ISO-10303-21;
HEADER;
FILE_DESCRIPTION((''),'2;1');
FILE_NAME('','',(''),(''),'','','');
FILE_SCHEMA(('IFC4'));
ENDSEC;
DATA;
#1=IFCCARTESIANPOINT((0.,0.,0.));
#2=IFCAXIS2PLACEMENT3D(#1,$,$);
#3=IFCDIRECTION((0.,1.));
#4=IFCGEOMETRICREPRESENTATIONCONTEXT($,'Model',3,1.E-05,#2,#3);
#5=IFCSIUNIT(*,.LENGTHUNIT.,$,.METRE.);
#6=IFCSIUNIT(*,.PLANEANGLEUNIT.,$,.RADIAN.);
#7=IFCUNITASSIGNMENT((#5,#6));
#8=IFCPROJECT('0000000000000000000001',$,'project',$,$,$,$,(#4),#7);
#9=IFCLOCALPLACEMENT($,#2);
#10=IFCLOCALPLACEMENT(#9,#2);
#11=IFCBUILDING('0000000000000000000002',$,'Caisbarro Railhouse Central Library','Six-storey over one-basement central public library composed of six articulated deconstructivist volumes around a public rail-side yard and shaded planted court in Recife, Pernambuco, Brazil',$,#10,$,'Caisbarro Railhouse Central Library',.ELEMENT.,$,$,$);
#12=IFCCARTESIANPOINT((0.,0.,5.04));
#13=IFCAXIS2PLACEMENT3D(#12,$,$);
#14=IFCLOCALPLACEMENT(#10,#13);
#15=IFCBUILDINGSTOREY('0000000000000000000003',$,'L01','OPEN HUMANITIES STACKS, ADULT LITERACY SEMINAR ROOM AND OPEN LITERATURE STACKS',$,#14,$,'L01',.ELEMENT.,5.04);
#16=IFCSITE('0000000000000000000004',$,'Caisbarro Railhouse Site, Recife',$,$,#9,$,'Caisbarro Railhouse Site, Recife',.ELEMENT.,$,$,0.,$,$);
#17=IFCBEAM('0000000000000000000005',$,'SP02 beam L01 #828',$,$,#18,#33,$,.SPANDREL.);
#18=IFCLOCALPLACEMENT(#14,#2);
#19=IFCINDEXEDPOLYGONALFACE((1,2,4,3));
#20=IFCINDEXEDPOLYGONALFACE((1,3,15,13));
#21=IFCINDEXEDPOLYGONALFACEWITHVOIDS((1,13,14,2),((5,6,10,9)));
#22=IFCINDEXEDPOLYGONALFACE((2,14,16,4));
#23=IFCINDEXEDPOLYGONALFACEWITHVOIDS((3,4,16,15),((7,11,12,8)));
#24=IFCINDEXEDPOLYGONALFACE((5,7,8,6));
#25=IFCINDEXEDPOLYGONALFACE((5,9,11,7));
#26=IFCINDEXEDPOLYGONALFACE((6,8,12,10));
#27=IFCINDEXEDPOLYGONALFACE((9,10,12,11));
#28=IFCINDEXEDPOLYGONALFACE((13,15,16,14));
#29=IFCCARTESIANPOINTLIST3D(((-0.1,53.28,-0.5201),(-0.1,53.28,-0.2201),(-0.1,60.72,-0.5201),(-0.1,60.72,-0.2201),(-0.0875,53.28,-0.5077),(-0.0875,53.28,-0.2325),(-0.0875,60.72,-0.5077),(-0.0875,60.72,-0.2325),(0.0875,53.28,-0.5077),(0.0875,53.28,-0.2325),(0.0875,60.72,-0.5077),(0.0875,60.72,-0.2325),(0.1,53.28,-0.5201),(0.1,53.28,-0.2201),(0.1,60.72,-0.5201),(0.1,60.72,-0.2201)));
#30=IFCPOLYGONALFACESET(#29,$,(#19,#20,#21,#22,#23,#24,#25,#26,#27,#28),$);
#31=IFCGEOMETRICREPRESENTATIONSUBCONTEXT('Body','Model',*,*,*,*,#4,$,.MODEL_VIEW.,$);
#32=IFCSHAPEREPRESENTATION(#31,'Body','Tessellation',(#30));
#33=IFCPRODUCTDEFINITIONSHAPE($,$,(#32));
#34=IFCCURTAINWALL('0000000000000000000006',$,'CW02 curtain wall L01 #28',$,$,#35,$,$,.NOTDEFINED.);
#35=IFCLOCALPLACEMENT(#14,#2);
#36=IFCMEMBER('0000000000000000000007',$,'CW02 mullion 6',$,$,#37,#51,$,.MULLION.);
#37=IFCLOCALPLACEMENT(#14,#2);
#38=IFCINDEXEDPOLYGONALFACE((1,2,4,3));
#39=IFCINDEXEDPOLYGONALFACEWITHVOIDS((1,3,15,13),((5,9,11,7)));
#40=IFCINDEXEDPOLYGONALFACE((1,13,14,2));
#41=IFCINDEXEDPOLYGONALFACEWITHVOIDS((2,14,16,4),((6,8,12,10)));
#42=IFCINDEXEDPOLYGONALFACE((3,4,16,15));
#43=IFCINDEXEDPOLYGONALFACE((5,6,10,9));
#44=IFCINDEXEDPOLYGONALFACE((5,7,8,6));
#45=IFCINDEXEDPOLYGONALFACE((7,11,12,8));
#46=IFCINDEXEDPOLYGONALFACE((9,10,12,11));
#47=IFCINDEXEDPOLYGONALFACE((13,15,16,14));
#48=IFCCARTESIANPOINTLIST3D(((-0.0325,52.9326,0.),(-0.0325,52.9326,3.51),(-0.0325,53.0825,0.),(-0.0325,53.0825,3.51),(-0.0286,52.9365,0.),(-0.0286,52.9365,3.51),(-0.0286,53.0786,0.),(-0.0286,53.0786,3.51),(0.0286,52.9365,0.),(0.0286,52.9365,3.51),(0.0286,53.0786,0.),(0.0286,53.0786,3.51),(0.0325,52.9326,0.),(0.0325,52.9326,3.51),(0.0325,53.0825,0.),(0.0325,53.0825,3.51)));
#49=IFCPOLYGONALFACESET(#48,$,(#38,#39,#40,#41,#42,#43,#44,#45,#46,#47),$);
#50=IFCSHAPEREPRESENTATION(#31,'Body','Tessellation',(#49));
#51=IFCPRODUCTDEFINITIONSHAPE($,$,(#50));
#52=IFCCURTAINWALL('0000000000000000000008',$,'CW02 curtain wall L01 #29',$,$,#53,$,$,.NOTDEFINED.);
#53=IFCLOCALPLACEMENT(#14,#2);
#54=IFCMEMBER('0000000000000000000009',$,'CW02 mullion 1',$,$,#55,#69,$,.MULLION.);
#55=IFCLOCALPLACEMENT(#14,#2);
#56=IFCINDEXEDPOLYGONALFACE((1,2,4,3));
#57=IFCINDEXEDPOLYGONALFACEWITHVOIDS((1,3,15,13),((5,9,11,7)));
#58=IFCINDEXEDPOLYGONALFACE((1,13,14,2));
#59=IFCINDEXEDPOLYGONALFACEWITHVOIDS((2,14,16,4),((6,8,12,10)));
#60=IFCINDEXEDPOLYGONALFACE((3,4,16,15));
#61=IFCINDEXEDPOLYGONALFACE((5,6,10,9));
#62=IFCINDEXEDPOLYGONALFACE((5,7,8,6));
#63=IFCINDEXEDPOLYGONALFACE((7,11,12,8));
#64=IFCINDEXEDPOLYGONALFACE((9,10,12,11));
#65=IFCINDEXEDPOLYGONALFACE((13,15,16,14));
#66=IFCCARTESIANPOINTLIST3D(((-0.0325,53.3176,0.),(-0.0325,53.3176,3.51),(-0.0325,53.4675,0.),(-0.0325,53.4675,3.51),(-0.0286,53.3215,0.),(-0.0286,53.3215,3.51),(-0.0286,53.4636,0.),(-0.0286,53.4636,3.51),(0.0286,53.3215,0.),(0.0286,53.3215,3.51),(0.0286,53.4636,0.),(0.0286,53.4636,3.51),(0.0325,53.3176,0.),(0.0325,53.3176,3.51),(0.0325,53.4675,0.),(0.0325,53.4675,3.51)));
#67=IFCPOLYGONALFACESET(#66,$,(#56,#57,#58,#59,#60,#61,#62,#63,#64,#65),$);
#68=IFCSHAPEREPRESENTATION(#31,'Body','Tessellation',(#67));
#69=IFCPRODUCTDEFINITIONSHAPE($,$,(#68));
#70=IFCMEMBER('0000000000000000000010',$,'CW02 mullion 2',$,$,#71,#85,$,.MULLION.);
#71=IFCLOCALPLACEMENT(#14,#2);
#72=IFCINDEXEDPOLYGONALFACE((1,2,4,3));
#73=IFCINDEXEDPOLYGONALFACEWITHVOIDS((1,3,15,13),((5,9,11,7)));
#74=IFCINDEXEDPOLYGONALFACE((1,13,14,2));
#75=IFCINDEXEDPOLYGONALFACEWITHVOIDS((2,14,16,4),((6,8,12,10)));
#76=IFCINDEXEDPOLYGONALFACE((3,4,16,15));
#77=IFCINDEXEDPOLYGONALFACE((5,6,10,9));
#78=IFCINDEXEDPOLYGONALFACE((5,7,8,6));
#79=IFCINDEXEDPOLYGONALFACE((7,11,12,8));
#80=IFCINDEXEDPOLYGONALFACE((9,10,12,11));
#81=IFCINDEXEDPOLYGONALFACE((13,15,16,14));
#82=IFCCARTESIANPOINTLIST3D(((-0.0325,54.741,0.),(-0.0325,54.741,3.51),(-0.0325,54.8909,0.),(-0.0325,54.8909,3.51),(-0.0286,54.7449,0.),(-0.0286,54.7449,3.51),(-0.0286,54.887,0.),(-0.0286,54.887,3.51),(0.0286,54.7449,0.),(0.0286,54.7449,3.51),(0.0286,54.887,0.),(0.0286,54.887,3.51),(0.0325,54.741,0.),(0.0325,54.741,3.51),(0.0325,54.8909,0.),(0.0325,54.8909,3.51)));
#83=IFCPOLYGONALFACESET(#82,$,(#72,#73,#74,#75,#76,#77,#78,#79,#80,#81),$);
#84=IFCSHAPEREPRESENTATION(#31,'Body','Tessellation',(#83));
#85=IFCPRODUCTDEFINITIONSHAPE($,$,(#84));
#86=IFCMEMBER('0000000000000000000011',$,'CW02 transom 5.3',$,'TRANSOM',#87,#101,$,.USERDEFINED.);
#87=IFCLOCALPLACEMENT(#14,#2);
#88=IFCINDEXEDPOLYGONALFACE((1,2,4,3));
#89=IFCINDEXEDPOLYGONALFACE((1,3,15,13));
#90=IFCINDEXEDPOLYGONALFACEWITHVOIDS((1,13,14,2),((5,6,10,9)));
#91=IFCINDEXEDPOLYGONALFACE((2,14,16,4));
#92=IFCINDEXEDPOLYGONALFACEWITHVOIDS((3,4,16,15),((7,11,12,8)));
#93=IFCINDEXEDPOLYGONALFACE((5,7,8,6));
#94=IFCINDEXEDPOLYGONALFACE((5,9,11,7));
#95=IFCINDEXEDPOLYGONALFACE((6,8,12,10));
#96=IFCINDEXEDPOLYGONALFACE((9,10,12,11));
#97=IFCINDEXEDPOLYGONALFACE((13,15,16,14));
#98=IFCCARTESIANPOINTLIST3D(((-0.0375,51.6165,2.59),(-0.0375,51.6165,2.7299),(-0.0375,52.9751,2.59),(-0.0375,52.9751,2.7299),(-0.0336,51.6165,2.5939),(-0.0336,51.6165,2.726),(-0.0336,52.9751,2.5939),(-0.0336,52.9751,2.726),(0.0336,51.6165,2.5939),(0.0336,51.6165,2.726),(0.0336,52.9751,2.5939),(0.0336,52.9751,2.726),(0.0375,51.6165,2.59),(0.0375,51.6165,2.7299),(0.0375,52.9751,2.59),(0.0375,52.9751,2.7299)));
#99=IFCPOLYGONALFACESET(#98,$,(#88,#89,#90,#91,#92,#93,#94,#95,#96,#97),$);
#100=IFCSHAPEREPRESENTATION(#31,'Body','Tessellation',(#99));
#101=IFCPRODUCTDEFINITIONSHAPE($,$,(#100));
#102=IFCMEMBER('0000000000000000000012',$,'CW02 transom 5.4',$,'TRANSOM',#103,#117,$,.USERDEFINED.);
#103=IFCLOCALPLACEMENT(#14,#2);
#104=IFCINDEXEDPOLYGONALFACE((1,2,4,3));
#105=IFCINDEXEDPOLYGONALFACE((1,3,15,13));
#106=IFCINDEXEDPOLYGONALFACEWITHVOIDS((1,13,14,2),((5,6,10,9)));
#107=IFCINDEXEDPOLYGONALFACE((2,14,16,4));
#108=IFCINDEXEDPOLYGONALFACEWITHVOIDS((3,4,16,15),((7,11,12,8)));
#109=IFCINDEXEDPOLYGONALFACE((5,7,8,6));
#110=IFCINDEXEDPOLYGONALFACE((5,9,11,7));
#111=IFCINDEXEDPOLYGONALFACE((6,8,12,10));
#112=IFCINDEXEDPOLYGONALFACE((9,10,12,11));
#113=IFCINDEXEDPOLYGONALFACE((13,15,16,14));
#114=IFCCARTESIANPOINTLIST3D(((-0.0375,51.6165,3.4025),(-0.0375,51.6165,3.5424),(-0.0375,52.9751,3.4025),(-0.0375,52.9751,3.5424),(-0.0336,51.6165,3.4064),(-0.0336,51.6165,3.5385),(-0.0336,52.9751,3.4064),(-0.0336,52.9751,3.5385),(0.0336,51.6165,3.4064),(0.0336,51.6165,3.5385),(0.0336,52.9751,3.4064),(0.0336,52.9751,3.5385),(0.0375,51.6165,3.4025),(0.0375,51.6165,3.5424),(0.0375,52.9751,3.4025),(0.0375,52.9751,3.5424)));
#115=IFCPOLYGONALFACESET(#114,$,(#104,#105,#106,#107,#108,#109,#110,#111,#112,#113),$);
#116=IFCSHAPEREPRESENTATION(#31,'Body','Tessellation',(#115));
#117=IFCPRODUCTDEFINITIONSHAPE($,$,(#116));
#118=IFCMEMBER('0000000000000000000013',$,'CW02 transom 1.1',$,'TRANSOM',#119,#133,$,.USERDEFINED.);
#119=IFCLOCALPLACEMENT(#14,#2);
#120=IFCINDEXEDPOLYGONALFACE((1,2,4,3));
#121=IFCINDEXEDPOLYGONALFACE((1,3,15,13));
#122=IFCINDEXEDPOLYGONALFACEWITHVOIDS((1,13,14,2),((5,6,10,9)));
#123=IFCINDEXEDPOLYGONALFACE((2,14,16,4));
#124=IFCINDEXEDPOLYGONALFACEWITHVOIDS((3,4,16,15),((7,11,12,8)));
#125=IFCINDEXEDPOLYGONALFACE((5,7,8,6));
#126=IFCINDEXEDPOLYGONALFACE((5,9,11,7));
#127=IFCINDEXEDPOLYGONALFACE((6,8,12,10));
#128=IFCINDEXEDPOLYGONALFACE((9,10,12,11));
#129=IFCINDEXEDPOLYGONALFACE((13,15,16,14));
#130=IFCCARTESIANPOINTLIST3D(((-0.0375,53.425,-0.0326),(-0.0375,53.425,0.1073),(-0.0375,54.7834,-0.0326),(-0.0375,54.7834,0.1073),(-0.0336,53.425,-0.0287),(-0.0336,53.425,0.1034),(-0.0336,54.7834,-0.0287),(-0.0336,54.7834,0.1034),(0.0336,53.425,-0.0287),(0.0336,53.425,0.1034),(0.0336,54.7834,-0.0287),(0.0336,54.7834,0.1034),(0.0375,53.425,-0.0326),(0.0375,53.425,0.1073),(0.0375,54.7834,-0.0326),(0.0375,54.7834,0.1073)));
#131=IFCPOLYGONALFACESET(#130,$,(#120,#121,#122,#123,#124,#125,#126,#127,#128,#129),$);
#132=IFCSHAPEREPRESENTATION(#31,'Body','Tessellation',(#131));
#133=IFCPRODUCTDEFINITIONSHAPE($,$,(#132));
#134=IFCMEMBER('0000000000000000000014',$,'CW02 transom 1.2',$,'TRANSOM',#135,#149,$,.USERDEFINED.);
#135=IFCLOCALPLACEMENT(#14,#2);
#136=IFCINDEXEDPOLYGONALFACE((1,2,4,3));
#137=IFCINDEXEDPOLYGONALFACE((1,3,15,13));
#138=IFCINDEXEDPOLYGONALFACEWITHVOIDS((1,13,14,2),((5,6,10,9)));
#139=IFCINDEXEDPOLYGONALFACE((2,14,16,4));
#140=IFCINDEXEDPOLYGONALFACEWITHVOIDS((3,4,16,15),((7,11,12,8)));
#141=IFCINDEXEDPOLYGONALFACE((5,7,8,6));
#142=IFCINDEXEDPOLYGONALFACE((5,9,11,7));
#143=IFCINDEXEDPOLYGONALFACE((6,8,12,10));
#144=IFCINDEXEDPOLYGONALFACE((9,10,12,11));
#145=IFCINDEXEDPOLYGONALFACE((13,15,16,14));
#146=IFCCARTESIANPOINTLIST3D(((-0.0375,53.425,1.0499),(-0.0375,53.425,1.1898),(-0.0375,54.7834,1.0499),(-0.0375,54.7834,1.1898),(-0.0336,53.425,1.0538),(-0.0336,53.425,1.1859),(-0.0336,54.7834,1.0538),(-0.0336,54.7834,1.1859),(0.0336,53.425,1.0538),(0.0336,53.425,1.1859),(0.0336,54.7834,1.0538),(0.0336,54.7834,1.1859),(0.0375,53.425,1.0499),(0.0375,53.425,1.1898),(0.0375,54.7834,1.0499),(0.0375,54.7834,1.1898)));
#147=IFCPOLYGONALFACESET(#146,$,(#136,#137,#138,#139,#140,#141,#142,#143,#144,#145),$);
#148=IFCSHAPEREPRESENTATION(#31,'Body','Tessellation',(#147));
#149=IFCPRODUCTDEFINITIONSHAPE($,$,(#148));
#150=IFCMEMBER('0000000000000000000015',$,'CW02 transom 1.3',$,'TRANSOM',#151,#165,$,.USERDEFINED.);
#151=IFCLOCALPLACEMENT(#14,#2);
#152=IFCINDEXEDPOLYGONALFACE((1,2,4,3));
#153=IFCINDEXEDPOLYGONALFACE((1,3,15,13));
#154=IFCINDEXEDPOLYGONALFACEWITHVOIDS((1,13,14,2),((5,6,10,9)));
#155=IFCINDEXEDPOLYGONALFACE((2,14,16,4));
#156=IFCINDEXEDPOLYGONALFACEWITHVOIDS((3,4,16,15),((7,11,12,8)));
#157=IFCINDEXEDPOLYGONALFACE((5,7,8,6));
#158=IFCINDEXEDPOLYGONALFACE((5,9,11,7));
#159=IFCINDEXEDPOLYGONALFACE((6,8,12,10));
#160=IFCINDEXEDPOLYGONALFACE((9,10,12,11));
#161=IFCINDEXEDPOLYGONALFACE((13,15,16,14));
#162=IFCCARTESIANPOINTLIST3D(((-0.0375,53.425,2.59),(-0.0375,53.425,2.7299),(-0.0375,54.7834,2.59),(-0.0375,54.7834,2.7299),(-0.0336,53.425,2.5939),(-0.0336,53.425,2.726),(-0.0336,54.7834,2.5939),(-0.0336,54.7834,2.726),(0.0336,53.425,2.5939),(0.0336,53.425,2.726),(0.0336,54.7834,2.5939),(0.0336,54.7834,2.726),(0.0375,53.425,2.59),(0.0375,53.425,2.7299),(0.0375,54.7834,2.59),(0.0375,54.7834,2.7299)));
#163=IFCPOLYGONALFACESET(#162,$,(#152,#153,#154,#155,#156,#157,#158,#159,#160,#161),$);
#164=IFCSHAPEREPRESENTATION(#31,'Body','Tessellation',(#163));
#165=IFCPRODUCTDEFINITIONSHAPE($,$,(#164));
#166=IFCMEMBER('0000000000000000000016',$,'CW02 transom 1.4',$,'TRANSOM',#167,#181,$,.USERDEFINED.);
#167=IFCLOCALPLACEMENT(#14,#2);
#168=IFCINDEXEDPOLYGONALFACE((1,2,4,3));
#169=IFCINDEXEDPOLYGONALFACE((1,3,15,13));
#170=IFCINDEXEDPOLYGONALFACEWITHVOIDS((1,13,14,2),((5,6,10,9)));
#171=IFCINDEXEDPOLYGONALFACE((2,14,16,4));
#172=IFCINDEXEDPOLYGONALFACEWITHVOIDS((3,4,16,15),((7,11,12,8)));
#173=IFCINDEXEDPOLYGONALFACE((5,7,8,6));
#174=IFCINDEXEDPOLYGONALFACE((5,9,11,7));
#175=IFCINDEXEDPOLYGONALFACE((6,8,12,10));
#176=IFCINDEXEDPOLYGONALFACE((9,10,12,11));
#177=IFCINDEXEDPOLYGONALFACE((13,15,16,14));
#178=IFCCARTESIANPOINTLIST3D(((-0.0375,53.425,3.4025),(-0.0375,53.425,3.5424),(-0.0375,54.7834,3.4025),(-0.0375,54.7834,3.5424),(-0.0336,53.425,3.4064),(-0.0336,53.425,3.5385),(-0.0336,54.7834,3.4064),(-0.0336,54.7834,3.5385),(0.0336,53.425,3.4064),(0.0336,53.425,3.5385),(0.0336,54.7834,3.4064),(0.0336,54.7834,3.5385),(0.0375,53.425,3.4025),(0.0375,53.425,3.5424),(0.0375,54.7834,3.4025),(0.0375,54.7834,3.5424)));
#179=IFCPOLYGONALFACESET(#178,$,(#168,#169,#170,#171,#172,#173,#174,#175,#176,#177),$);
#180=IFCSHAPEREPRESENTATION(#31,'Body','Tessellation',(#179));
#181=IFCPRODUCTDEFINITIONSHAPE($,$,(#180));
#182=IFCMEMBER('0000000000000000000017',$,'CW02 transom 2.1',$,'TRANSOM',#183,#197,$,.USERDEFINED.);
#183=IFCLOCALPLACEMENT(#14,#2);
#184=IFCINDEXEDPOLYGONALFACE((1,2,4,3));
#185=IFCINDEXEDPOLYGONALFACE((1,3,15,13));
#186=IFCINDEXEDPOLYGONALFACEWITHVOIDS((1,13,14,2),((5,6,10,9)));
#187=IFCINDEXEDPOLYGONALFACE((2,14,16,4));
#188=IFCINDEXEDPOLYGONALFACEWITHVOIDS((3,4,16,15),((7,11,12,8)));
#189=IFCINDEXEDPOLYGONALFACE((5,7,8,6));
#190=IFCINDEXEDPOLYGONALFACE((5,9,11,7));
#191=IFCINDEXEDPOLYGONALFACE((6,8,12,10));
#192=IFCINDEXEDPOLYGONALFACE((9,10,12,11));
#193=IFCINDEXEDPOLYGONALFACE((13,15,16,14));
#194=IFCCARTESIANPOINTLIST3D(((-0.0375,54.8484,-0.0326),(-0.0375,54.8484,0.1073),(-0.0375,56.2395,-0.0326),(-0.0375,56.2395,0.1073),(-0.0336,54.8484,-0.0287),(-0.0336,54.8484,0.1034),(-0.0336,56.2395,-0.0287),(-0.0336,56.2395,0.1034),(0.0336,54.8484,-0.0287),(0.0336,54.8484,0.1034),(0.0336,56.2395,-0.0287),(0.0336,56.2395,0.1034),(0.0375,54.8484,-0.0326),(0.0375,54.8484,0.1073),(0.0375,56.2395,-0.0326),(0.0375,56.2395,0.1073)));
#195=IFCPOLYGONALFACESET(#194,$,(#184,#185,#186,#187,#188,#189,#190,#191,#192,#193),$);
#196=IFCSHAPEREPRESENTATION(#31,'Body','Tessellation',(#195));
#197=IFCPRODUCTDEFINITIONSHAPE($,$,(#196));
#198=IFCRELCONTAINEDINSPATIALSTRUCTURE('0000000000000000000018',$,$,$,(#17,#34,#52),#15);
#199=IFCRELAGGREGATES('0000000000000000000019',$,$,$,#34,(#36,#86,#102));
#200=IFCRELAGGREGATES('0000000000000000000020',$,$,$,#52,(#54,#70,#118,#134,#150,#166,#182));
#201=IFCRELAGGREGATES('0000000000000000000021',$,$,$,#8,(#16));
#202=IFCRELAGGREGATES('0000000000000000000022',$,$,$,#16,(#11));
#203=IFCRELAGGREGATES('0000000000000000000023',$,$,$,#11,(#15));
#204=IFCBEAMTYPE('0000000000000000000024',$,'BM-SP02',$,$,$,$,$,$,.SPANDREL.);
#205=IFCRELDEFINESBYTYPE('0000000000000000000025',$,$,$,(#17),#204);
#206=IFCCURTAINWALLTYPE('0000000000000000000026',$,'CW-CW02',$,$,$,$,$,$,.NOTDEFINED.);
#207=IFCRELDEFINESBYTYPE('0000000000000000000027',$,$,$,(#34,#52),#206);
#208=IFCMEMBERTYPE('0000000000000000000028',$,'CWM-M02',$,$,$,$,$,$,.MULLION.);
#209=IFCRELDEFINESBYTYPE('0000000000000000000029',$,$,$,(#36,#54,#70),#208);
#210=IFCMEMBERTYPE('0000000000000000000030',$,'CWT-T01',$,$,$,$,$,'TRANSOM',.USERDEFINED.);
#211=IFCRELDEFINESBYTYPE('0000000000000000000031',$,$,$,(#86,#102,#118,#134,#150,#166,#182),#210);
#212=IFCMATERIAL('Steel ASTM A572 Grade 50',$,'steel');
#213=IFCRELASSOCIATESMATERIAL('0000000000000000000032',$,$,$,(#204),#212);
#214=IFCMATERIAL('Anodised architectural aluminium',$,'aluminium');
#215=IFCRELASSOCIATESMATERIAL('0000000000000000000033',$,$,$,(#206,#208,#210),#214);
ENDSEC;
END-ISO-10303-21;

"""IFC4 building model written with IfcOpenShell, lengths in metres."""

from ifc_helpers import new_model, si_unit, direction, frame, origin, origin_2d, place, context, subcontext, project, spatial, hollow_rectangle, extrude, material, material_profile, profile_set, type_object, element, aggregate, save


model = new_model("IFC4")

# Units and contexts
model_context = context("Model", 3, precision=1e-05, world=origin(), true_north=direction((0.0, 1.0)))
body_context = subcontext(model_context, "Body", "Model", "MODEL_VIEW")
ifc_project = project(units=[si_unit("LENGTHUNIT", "METRE"), si_unit("PLANEANGLEUNIT", "RADIAN")], contexts=[model_context])

# Site, building, storey
site_placement = place(None, origin())
site = spatial("IfcSite", under=ifc_project, at=site_placement, Name="Caisbarro Railhouse Site, Recife", LongName="Caisbarro Railhouse Site, Recife", CompositionType="ELEMENT", RefElevation=0.0)
building_placement = place(site_placement, origin())
building = spatial("IfcBuilding", under=site, at=building_placement, Name="Caisbarro Railhouse Central Library", Description="Six-storey over one-basement central public library composed of six articulated deconstructivist volumes around a public rail-side yard and shaded planted court in Recife, Pernambuco, Brazil", LongName="Caisbarro Railhouse Central Library", CompositionType="ELEMENT")
storey_placement = place(building_placement, frame((0.0, 0.0, 5.04)))
storey = spatial("IfcBuildingStorey", under=building, at=storey_placement, Name="L01", Description="OPEN HUMANITIES STACKS, ADULT LITERACY SEMINAR ROOM AND OPEN LITERATURE STACKS", LongName="L01", CompositionType="ELEMENT", Elevation=5.04)

# Shared definitions
ifc_material_1 = material(Name="Steel ASTM A572 Grade 50", Category="steel")

# Beam
ifc_material_profile_1 = material_profile(ifc_material_1, hollow_rectangle(XDim=0.2, YDim=0.3, WallThickness=0.0125, at=origin_2d()), Name="HSS300X200X12.5")
ifc_profile_set_1 = profile_set([ifc_material_profile_1], Name="Steel ASTM A572 Grade 50")
beam_type_1 = type_object("IfcBeamType", Name="BM-SP02", PredefinedType="SPANDREL", material=ifc_profile_set_1)
beam_placement = place(storey_placement, frame((0.0, 53.28, -0.3701), z_axis=(0.0, 1.0, 0.0), x_axis=(-1.0, 0.0, 0.0)))
element("IfcBeam", 1, at=beam_placement, inside=storey, type_object=beam_type_1, Name="SP02 beam L01 #828", PredefinedType="SPANDREL", context=body_context, shape_type="SweptSolid", body=[
    extrude(hollow_rectangle(XDim=0.2, YDim=0.3, WallThickness=0.0125, at=origin_2d()), origin(), (0.0, 0.0, 1.0), 7.4399),
])

# Curtain wall, member
ifc_material_2 = material(Name="Anodised architectural aluminium", Category="aluminium")
curtain_wall_type = type_object("IfcCurtainWallType", Name="CW-CW02", PredefinedType="NOTDEFINED", material=ifc_material_2)
curtain_wall_1_placement = place(storey_placement, origin())
curtain_wall_1 = element("IfcCurtainWall", 2, at=curtain_wall_1_placement, inside=storey, type_object=curtain_wall_type, Name="CW02 curtain wall L01 #28", PredefinedType="NOTDEFINED")
ifc_material_profile_2 = material_profile(ifc_material_2, hollow_rectangle(XDim=0.0649, YDim=0.1499, WallThickness=0.0039, at=origin_2d()), Name="ALU-MUL-65X150")
ifc_profile_set_2 = profile_set([ifc_material_profile_2], Name="Anodised architectural aluminium")
member_type_1 = type_object("IfcMemberType", Name="CWM-M02", PredefinedType="MULLION", material=ifc_profile_set_2)
member_1_placement = place(storey_placement, frame((0.0, 53.0076, 0.0), z_axis=(0.0, 0.0, 1.0), x_axis=(-1.0, 0.0, 0.0)))
member_1 = element("IfcMember", 3, at=member_1_placement, type_object=member_type_1, Name="CW02 mullion 6", PredefinedType="MULLION", context=body_context, shape_type="SweptSolid", body=[
    extrude(hollow_rectangle(XDim=0.0649, YDim=0.1499, WallThickness=0.0039, at=origin_2d()), origin(), (0.0, 0.0, 1.0), 3.51),
])

# Curtain wall, members
curtain_wall_2_placement = place(storey_placement, origin())
curtain_wall_2 = element("IfcCurtainWall", 4, at=curtain_wall_2_placement, inside=storey, type_object=curtain_wall_type, Name="CW02 curtain wall L01 #29", PredefinedType="NOTDEFINED")
member_2_placement = place(storey_placement, frame((0.0, 53.3926, 0.0), z_axis=(0.0, 0.0, 1.0), x_axis=(-1.0, 0.0, 0.0)))
member_2 = element("IfcMember", 5, at=member_2_placement, type_object=member_type_1, Name="CW02 mullion 1", PredefinedType="MULLION", context=body_context, shape_type="SweptSolid", body=[
    extrude(hollow_rectangle(XDim=0.0649, YDim=0.1499, WallThickness=0.0039, at=origin_2d()), origin(), (0.0, 0.0, 1.0), 3.51),
])
member_3_placement = place(storey_placement, frame((0.0, 54.8159, 0.0), z_axis=(0.0, 0.0, 1.0), x_axis=(-1.0, 0.0, 0.0)))
member_3 = element("IfcMember", 6, at=member_3_placement, type_object=member_type_1, Name="CW02 mullion 2", PredefinedType="MULLION", context=body_context, shape_type="SweptSolid", body=[
    extrude(hollow_rectangle(XDim=0.0649, YDim=0.1499, WallThickness=0.0039, at=origin_2d()), origin(), (0.0, 0.0, 1.0), 3.51),
])

# Members
ifc_material_profile_3 = material_profile(ifc_material_2, hollow_rectangle(XDim=0.075, YDim=0.1399, WallThickness=0.0039, at=origin_2d()), Name="ALU-TRN-75X140")
ifc_profile_set_3 = profile_set([ifc_material_profile_3], Name="Anodised architectural aluminium")
member_type_2 = type_object("IfcMemberType", Name="CWT-T01", ElementType="TRANSOM", PredefinedType="USERDEFINED", material=ifc_profile_set_3)
member_4_placement = place(storey_placement, frame((0.0, 51.6165, 2.6599), z_axis=(0.0, 1.0, 0.0), x_axis=(-1.0, 0.0, 0.0)))
member_4 = element("IfcMember", 7, at=member_4_placement, type_object=member_type_2, Name="CW02 transom 5.3", ObjectType="TRANSOM", PredefinedType="USERDEFINED", context=body_context, shape_type="SweptSolid", body=[
    extrude(hollow_rectangle(XDim=0.075, YDim=0.1399, WallThickness=0.0039, at=origin_2d()), origin(), (0.0, 0.0, 1.0), 1.3586),
])
member_5_placement = place(storey_placement, frame((0.0, 51.6165, 3.4724), z_axis=(0.0, 1.0, 0.0), x_axis=(-1.0, 0.0, 0.0)))
member_5 = element("IfcMember", 8, at=member_5_placement, type_object=member_type_2, Name="CW02 transom 5.4", ObjectType="TRANSOM", PredefinedType="USERDEFINED", context=body_context, shape_type="SweptSolid", body=[
    extrude(hollow_rectangle(XDim=0.075, YDim=0.1399, WallThickness=0.0039, at=origin_2d()), origin(), (0.0, 0.0, 1.0), 1.3586),
])
member_6_placement = place(storey_placement, frame((0.0, 53.425, 0.0374), z_axis=(0.0, 1.0, 0.0), x_axis=(-1.0, 0.0, 0.0)))
member_6 = element("IfcMember", 9, at=member_6_placement, type_object=member_type_2, Name="CW02 transom 1.1", ObjectType="TRANSOM", PredefinedType="USERDEFINED", context=body_context, shape_type="SweptSolid", body=[
    extrude(hollow_rectangle(XDim=0.075, YDim=0.1399, WallThickness=0.0039, at=origin_2d()), origin(), (0.0, 0.0, 1.0), 1.3584),
])
member_7_placement = place(storey_placement, frame((0.0, 53.425, 1.1199), z_axis=(0.0, 1.0, 0.0), x_axis=(-1.0, 0.0, 0.0)))
member_7 = element("IfcMember", 10, at=member_7_placement, type_object=member_type_2, Name="CW02 transom 1.2", ObjectType="TRANSOM", PredefinedType="USERDEFINED", context=body_context, shape_type="SweptSolid", body=[
    extrude(hollow_rectangle(XDim=0.075, YDim=0.1399, WallThickness=0.0039, at=origin_2d()), origin(), (0.0, 0.0, 1.0), 1.3584),
])
member_8_placement = place(storey_placement, frame((0.0, 53.425, 2.6599), z_axis=(0.0, 1.0, 0.0), x_axis=(-1.0, 0.0, 0.0)))
member_8 = element("IfcMember", 11, at=member_8_placement, type_object=member_type_2, Name="CW02 transom 1.3", ObjectType="TRANSOM", PredefinedType="USERDEFINED", context=body_context, shape_type="SweptSolid", body=[
    extrude(hollow_rectangle(XDim=0.075, YDim=0.1399, WallThickness=0.0039, at=origin_2d()), origin(), (0.0, 0.0, 1.0), 1.3584),
])
member_9_placement = place(storey_placement, frame((0.0, 53.425, 3.4724), z_axis=(0.0, 1.0, 0.0), x_axis=(-1.0, 0.0, 0.0)))
member_9 = element("IfcMember", 12, at=member_9_placement, type_object=member_type_2, Name="CW02 transom 1.4", ObjectType="TRANSOM", PredefinedType="USERDEFINED", context=body_context, shape_type="SweptSolid", body=[
    extrude(hollow_rectangle(XDim=0.075, YDim=0.1399, WallThickness=0.0039, at=origin_2d()), origin(), (0.0, 0.0, 1.0), 1.3584),
])
member_10_placement = place(storey_placement, frame((0.0, 54.8484, 0.0374), z_axis=(0.0, 1.0, 0.0), x_axis=(-1.0, 0.0, 0.0)))
member_10 = element("IfcMember", 13, at=member_10_placement, type_object=member_type_2, Name="CW02 transom 2.1", ObjectType="TRANSOM", PredefinedType="USERDEFINED", context=body_context, shape_type="SweptSolid", body=[
    extrude(hollow_rectangle(XDim=0.075, YDim=0.1399, WallThickness=0.0039, at=origin_2d()), origin(), (0.0, 0.0, 1.0), 1.3911),
])

aggregate(curtain_wall_1, [member_1, member_4, member_5])
aggregate(curtain_wall_2, [member_2, member_3, member_6, member_7, member_8, member_9, member_10])

save(model, "model.ifc")
